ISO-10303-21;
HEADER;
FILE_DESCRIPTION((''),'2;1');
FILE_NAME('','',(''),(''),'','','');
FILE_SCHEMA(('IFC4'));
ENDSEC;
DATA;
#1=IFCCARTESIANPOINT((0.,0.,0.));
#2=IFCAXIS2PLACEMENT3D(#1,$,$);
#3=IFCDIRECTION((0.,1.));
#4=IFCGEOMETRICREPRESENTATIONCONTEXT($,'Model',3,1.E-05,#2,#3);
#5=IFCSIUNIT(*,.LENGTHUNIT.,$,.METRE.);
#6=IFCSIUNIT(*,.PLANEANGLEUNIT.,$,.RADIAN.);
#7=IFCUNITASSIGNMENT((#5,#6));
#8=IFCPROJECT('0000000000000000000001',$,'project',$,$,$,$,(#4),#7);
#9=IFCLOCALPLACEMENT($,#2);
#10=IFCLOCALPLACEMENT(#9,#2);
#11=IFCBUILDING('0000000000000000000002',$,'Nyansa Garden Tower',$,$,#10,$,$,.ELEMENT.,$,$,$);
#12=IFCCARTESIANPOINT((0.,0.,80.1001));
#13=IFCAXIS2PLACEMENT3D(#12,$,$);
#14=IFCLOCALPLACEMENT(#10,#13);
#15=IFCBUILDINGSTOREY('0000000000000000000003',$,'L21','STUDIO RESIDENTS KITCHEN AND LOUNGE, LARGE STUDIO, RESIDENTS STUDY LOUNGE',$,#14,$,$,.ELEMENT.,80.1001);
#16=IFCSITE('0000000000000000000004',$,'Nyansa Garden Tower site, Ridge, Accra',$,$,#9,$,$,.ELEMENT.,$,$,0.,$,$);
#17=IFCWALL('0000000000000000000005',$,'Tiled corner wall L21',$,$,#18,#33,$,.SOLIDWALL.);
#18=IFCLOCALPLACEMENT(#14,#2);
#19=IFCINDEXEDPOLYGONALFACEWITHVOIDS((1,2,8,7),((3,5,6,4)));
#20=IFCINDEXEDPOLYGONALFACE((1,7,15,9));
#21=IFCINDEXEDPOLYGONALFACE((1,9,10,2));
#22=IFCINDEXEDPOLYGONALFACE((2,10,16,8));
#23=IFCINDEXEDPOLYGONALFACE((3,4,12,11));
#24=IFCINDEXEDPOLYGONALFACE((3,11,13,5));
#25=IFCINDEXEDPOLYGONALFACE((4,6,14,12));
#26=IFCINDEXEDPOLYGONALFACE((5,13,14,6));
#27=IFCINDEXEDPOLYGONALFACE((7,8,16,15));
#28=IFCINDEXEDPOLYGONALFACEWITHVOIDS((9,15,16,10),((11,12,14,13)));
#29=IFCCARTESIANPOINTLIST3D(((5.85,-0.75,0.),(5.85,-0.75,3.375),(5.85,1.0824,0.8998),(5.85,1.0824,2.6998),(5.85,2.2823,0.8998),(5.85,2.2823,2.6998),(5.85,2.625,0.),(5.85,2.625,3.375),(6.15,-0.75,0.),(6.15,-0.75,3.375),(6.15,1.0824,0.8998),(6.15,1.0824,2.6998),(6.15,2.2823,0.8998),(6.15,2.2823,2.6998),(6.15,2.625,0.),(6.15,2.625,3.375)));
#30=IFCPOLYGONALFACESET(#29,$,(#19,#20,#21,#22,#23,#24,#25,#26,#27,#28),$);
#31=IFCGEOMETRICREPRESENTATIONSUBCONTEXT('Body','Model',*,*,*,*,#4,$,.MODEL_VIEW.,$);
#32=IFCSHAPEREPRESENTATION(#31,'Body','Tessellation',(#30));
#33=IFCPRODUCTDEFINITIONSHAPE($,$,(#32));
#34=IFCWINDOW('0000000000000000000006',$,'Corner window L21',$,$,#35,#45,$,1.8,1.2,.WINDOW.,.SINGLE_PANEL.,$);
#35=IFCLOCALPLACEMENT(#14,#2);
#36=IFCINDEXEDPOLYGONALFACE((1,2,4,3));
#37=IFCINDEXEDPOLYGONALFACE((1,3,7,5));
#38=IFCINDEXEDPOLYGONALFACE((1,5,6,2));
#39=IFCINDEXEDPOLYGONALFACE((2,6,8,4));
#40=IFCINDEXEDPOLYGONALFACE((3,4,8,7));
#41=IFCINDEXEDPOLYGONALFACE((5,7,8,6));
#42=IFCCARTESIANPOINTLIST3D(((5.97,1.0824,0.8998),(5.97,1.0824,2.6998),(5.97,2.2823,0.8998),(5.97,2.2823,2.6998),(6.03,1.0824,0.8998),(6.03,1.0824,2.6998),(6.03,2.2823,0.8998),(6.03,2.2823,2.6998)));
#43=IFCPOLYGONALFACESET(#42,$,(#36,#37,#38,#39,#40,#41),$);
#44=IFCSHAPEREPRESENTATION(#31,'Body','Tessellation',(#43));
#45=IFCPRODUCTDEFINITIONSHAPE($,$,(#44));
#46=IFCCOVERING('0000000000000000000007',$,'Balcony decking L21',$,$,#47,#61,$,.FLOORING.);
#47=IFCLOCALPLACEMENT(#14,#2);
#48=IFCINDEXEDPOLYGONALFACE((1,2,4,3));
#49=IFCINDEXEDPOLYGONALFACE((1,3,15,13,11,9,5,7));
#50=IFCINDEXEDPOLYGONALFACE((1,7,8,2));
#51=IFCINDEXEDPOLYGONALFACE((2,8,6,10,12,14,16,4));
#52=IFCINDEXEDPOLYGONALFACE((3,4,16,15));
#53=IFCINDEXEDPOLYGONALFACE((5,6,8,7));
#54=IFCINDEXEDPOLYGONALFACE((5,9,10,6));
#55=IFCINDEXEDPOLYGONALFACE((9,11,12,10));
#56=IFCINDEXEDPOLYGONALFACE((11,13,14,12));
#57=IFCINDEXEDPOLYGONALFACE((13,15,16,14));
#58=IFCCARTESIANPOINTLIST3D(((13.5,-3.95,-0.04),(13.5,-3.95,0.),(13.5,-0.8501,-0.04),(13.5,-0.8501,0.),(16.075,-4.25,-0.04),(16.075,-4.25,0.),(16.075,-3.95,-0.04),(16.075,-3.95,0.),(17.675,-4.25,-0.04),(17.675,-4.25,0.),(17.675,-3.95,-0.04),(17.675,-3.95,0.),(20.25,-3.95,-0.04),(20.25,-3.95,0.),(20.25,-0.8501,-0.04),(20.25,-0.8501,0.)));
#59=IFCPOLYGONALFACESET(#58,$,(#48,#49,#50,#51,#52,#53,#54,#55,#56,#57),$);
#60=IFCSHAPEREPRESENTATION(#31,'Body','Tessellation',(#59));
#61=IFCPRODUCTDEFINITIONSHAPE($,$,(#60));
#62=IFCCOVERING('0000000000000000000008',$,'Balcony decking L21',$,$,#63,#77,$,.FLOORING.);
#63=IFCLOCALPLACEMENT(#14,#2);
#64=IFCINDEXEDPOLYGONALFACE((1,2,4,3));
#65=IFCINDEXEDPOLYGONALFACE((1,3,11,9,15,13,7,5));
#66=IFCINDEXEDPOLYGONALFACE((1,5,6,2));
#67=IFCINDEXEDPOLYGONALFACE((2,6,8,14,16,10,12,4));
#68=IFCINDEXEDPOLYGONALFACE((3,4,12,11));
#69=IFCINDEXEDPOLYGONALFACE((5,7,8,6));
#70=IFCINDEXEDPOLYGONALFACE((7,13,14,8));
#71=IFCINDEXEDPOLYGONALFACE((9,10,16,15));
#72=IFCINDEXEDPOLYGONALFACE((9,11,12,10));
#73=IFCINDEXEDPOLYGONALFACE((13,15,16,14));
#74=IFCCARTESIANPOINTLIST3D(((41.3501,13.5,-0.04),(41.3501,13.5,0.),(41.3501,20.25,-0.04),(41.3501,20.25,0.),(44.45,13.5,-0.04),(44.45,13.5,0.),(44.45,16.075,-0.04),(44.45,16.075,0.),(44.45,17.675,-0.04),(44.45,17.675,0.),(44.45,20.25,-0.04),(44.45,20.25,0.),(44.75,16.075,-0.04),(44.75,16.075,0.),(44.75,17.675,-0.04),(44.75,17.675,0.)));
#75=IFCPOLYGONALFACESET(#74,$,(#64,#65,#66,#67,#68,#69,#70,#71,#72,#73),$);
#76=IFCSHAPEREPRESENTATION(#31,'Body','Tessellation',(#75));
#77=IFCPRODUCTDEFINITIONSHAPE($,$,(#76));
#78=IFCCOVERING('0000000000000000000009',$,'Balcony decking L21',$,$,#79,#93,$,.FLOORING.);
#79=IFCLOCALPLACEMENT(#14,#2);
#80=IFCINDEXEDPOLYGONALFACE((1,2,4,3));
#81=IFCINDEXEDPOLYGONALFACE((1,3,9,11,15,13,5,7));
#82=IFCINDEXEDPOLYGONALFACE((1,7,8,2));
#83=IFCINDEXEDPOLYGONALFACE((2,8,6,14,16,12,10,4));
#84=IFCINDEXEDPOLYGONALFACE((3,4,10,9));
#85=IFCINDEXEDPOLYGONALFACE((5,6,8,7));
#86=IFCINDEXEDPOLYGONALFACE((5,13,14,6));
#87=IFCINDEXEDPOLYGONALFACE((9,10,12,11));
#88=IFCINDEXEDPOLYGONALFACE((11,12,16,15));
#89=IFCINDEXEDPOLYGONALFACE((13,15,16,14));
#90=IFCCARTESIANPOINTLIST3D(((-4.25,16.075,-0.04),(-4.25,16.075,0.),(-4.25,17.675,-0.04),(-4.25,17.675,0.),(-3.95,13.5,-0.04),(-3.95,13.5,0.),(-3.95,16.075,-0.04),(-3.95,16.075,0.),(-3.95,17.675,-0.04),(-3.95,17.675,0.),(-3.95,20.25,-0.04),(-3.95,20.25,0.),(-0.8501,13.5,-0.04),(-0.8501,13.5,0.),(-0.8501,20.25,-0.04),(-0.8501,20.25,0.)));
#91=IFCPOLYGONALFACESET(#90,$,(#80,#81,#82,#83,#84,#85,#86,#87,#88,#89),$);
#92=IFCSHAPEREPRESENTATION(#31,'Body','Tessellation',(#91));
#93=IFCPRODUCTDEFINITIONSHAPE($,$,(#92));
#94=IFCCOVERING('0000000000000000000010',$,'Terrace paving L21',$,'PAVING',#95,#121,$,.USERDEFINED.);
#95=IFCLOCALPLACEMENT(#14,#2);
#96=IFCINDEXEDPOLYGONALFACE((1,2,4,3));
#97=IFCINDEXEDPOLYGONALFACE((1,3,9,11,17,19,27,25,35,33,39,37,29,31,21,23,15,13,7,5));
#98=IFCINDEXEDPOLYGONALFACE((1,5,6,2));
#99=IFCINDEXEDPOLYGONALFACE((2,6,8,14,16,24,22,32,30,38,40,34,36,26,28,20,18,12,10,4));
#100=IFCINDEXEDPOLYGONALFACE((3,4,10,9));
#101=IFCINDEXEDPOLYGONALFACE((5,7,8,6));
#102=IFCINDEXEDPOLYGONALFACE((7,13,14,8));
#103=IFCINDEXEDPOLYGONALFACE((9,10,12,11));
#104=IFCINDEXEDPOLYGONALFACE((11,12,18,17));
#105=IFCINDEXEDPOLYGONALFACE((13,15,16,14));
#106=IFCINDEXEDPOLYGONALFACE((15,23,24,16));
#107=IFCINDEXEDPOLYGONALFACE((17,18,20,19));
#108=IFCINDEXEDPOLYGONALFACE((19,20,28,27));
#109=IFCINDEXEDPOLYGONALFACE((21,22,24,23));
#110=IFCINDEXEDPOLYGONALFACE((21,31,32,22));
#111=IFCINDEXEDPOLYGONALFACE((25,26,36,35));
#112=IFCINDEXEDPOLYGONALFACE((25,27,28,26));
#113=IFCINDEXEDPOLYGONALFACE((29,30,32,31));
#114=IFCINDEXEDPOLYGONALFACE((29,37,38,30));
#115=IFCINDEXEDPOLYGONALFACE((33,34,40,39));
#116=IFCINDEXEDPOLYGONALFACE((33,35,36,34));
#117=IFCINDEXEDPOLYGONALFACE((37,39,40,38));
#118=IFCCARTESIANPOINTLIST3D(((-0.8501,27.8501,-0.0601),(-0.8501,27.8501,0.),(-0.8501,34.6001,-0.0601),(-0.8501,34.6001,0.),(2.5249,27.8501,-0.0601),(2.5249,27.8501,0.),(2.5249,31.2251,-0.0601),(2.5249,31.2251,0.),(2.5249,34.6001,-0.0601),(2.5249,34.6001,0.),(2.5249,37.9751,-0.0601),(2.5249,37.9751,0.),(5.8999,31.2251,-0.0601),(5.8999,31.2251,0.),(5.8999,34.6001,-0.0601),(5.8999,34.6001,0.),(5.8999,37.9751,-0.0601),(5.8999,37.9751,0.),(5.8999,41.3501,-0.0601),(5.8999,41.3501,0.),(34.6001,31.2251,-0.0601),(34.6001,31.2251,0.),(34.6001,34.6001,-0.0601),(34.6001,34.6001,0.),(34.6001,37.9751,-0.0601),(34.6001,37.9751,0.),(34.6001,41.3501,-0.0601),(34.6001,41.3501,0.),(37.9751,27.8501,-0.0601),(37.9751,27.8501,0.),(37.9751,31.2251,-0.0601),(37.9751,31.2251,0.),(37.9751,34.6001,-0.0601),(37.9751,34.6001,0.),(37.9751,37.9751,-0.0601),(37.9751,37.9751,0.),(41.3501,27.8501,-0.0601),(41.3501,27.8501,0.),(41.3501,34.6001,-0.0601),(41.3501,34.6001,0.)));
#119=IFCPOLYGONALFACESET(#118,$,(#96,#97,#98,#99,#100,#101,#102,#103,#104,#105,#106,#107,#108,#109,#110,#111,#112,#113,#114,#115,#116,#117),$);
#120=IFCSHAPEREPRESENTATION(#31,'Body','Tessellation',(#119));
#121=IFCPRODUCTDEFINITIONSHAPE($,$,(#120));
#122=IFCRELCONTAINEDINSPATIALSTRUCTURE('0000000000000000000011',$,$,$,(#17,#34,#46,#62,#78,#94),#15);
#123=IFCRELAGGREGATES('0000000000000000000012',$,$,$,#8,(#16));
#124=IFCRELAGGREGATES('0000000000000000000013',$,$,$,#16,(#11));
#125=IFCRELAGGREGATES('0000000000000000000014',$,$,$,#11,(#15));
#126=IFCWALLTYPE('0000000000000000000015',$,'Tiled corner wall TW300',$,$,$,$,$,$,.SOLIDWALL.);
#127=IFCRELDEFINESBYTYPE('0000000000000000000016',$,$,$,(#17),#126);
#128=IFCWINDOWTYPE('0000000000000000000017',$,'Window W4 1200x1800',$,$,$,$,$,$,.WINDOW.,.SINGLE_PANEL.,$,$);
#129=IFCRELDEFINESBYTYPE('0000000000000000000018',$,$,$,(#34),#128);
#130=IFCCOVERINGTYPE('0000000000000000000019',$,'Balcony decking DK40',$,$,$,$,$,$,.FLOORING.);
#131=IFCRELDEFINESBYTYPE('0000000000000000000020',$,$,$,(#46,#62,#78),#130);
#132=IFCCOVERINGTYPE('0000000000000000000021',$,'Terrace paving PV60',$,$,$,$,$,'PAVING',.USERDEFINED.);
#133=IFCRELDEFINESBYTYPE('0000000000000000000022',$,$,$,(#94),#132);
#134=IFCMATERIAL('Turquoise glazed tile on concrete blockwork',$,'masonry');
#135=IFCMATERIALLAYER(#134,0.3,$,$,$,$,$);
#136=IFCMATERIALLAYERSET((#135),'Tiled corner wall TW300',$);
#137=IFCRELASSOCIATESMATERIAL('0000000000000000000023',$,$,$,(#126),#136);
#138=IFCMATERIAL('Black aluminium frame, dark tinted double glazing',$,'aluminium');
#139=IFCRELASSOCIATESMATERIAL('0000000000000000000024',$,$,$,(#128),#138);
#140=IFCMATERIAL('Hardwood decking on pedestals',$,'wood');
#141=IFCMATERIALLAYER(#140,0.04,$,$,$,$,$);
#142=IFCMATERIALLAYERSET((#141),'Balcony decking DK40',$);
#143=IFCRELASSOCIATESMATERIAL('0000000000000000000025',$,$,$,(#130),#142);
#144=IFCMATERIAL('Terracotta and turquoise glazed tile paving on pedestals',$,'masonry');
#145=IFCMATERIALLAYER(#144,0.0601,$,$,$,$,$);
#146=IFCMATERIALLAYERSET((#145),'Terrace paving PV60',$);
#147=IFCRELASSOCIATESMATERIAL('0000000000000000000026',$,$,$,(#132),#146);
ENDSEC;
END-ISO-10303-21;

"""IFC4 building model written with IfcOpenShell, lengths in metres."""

from ifc_helpers import new_model, si_unit, direction, frame, frame_2d, origin, place, context, subcontext, project, spatial, polyline, rectangle, outline, extrude, material, layer, layer_set, type_object, element, fill, save


model = new_model("IFC4")

# Units and contexts
model_context = context("Model", 3, precision=1e-05, world=origin(), true_north=direction((0.0, 1.0)))
body_context = subcontext(model_context, "Body", "Model", "MODEL_VIEW")
ifc_project = project(units=[si_unit("LENGTHUNIT", "METRE"), si_unit("PLANEANGLEUNIT", "RADIAN")], contexts=[model_context])

# Site, building, storey
site_placement = place(None, origin())
site = spatial("IfcSite", under=ifc_project, at=site_placement, Name="Nyansa Garden Tower site, Ridge, Accra", CompositionType="ELEMENT", RefElevation=0.0)
building_placement = place(site_placement, origin())
building = spatial("IfcBuilding", under=site, at=building_placement, Name="Nyansa Garden Tower", CompositionType="ELEMENT")
storey_placement = place(building_placement, frame((0.0, 0.0, 80.1001)))
storey = spatial("IfcBuildingStorey", under=building, at=storey_placement, Name="L21", Description="STUDIO RESIDENTS KITCHEN AND LOUNGE, LARGE STUDIO, RESIDENTS STUDY LOUNGE", CompositionType="ELEMENT", Elevation=80.1001)

# Wall, opening, window
ifc_material_1 = material(Name="Turquoise glazed tile on concrete blockwork", Category="masonry")
ifc_layer_1 = layer(ifc_material_1, 0.3)
ifc_layer_set_1 = layer_set([ifc_layer_1], Name="Tiled corner wall TW300")
wall_type = type_object("IfcWallType", Name="Tiled corner wall TW300", PredefinedType="SOLIDWALL", material=ifc_layer_set_1)
ifc_material_2 = material(Name="Black aluminium frame, dark tinted double glazing", Category="aluminium")
window_type_1 = type_object("IfcWindowType", Name="Window W4 1200x1800", PartitioningType="SINGLE_PANEL", PredefinedType="WINDOW", material=ifc_material_2)
wall_1_placement = place(storey_placement, frame((6.0, 2.625, 0.0), z_axis=(0.0, 0.0, 1.0), x_axis=(0.0, -1.0, 0.0)))
wall_1 = element("IfcWall", 1, at=wall_1_placement, inside=storey, type_object=wall_type, Name="Tiled corner wall L21", PredefinedType="SOLIDWALL", context=body_context, shape_type="SweptSolid", body=[
    extrude(rectangle(XDim=3.375, YDim=0.3, at=frame_2d((1.6875, 0.0))), origin(), (0.0, 0.0, 1.0), 3.375),
])
opening_1_placement = place(wall_1_placement, frame((0.3425, 0.0, 0.8999)))
opening_1 = element("IfcOpeningElement", 2, at=opening_1_placement, cuts=wall_1, PredefinedType="OPENING", context=body_context, shape_type="SweptSolid", body=[
    extrude(rectangle(XDim=1.2, YDim=1.8, at=frame_2d((0.6001, 0.8999))), frame((0.0, 0.1599, 0.0), z_axis=(0.0, -1.0, 0.0), x_axis=(1.0, 0.0, 0.0)), (0.0, 0.0, 1.0), 0.3201),
])
window_1_placement = place(opening_1_placement, origin())
window_1 = element("IfcWindow", 3, at=window_1_placement, inside=storey, type_object=window_type_1, Name="Corner window L21", OverallHeight=1.8, OverallWidth=1.2, PartitioningType="SINGLE_PANEL", PredefinedType="WINDOW", context=body_context, shape_type="SweptSolid", body=[
    extrude(rectangle(XDim=1.2, YDim=1.8, at=frame_2d((0.6001, 0.8999))), frame((0.0, 0.03, 0.0), z_axis=(0.0, -1.0, 0.0), x_axis=(1.0, 0.0, 0.0)), (0.0, 0.0, 1.0), 0.0601),
])
fill(opening_1, window_1)

# Coverings
ifc_material_3 = material(Name="Hardwood decking on pedestals", Category="wood")
ifc_layer_2 = layer(ifc_material_3, 0.04)
ifc_layer_set_2 = layer_set([ifc_layer_2], Name="Balcony decking DK40")
covering_type_1 = type_object("IfcCoveringType", Name="Balcony decking DK40", PredefinedType="FLOORING", material=ifc_layer_set_2)
covering_1_placement = place(storey_placement, frame((0.0, 0.0, -0.04)))
element("IfcCovering", 4, at=covering_1_placement, inside=storey, type_object=covering_type_1, Name="Balcony decking L21", PredefinedType="FLOORING", context=body_context, shape_type="SweptSolid", body=[
    extrude(outline(polyline([(13.5, -0.8501), (20.25, -0.8501), (20.25, -3.95), (17.675, -3.95), (17.675, -4.25), (16.075, -4.25), (16.075, -3.95), (13.5, -3.95), (13.5, -0.8501)])), origin(), (0.0, 0.0, 1.0), 0.04),
])
covering_2_placement = place(storey_placement, frame((0.0, 0.0, -0.04)))
element("IfcCovering", 5, at=covering_2_placement, inside=storey, type_object=covering_type_1, Name="Balcony decking L21", PredefinedType="FLOORING", context=body_context, shape_type="SweptSolid", body=[
    extrude(outline(polyline([(41.3501, 13.5), (41.3501, 20.25), (44.45, 20.25), (44.45, 17.675), (44.75, 17.675), (44.75, 16.075), (44.45, 16.075), (44.45, 13.5), (41.3501, 13.5)])), origin(), (0.0, 0.0, 1.0), 0.04),
])
covering_3_placement = place(storey_placement, frame((0.0, 0.0, -0.04)))
element("IfcCovering", 6, at=covering_3_placement, inside=storey, type_object=covering_type_1, Name="Balcony decking L21", PredefinedType="FLOORING", context=body_context, shape_type="SweptSolid", body=[
    extrude(outline(polyline([(-0.8501, 13.5), (-0.8501, 20.25), (-3.95, 20.25), (-3.95, 17.675), (-4.25, 17.675), (-4.25, 16.075), (-3.95, 16.075), (-3.95, 13.5), (-0.8501, 13.5)])), origin(), (0.0, 0.0, 1.0), 0.04),
])
ifc_material_4 = material(Name="Terracotta and turquoise glazed tile paving on pedestals", Category="masonry")
ifc_layer_3 = layer(ifc_material_4, 0.0601)
ifc_layer_set_3 = layer_set([ifc_layer_3], Name="Terrace paving PV60")
covering_type_2 = type_object("IfcCoveringType", Name="Terrace paving PV60", ElementType="PAVING", PredefinedType="USERDEFINED", material=ifc_layer_set_3)
covering_4_placement = place(storey_placement, frame((0.0, 0.0, -0.0601)))
element("IfcCovering", 7, at=covering_4_placement, inside=storey, type_object=covering_type_2, Name="Terrace paving L21", ObjectType="PAVING", PredefinedType="USERDEFINED", context=body_context, shape_type="SweptSolid", body=[
    extrude(outline(polyline([(-0.8501, 34.6001), (2.5249, 34.6001), (2.5249, 37.9751), (5.8999, 37.9751), (5.8999, 41.3501), (34.6001, 41.3501), (34.6001, 37.9751), (37.9751, 37.9751), (37.9751, 34.6001), (41.3501, 34.6001), (41.3501, 27.8501), (37.9751, 27.8501), (37.9751, 31.2251), (34.6001, 31.2251), (34.6001, 34.6001), (5.8999, 34.6001), (5.8999, 31.2251), (2.5249, 31.2251), (2.5249, 27.8501), (-0.8501, 27.8501), (-0.8501, 34.6001)])), origin(), (0.0, 0.0, 1.0), 0.0601),
])

save(model, "model.ifc")
